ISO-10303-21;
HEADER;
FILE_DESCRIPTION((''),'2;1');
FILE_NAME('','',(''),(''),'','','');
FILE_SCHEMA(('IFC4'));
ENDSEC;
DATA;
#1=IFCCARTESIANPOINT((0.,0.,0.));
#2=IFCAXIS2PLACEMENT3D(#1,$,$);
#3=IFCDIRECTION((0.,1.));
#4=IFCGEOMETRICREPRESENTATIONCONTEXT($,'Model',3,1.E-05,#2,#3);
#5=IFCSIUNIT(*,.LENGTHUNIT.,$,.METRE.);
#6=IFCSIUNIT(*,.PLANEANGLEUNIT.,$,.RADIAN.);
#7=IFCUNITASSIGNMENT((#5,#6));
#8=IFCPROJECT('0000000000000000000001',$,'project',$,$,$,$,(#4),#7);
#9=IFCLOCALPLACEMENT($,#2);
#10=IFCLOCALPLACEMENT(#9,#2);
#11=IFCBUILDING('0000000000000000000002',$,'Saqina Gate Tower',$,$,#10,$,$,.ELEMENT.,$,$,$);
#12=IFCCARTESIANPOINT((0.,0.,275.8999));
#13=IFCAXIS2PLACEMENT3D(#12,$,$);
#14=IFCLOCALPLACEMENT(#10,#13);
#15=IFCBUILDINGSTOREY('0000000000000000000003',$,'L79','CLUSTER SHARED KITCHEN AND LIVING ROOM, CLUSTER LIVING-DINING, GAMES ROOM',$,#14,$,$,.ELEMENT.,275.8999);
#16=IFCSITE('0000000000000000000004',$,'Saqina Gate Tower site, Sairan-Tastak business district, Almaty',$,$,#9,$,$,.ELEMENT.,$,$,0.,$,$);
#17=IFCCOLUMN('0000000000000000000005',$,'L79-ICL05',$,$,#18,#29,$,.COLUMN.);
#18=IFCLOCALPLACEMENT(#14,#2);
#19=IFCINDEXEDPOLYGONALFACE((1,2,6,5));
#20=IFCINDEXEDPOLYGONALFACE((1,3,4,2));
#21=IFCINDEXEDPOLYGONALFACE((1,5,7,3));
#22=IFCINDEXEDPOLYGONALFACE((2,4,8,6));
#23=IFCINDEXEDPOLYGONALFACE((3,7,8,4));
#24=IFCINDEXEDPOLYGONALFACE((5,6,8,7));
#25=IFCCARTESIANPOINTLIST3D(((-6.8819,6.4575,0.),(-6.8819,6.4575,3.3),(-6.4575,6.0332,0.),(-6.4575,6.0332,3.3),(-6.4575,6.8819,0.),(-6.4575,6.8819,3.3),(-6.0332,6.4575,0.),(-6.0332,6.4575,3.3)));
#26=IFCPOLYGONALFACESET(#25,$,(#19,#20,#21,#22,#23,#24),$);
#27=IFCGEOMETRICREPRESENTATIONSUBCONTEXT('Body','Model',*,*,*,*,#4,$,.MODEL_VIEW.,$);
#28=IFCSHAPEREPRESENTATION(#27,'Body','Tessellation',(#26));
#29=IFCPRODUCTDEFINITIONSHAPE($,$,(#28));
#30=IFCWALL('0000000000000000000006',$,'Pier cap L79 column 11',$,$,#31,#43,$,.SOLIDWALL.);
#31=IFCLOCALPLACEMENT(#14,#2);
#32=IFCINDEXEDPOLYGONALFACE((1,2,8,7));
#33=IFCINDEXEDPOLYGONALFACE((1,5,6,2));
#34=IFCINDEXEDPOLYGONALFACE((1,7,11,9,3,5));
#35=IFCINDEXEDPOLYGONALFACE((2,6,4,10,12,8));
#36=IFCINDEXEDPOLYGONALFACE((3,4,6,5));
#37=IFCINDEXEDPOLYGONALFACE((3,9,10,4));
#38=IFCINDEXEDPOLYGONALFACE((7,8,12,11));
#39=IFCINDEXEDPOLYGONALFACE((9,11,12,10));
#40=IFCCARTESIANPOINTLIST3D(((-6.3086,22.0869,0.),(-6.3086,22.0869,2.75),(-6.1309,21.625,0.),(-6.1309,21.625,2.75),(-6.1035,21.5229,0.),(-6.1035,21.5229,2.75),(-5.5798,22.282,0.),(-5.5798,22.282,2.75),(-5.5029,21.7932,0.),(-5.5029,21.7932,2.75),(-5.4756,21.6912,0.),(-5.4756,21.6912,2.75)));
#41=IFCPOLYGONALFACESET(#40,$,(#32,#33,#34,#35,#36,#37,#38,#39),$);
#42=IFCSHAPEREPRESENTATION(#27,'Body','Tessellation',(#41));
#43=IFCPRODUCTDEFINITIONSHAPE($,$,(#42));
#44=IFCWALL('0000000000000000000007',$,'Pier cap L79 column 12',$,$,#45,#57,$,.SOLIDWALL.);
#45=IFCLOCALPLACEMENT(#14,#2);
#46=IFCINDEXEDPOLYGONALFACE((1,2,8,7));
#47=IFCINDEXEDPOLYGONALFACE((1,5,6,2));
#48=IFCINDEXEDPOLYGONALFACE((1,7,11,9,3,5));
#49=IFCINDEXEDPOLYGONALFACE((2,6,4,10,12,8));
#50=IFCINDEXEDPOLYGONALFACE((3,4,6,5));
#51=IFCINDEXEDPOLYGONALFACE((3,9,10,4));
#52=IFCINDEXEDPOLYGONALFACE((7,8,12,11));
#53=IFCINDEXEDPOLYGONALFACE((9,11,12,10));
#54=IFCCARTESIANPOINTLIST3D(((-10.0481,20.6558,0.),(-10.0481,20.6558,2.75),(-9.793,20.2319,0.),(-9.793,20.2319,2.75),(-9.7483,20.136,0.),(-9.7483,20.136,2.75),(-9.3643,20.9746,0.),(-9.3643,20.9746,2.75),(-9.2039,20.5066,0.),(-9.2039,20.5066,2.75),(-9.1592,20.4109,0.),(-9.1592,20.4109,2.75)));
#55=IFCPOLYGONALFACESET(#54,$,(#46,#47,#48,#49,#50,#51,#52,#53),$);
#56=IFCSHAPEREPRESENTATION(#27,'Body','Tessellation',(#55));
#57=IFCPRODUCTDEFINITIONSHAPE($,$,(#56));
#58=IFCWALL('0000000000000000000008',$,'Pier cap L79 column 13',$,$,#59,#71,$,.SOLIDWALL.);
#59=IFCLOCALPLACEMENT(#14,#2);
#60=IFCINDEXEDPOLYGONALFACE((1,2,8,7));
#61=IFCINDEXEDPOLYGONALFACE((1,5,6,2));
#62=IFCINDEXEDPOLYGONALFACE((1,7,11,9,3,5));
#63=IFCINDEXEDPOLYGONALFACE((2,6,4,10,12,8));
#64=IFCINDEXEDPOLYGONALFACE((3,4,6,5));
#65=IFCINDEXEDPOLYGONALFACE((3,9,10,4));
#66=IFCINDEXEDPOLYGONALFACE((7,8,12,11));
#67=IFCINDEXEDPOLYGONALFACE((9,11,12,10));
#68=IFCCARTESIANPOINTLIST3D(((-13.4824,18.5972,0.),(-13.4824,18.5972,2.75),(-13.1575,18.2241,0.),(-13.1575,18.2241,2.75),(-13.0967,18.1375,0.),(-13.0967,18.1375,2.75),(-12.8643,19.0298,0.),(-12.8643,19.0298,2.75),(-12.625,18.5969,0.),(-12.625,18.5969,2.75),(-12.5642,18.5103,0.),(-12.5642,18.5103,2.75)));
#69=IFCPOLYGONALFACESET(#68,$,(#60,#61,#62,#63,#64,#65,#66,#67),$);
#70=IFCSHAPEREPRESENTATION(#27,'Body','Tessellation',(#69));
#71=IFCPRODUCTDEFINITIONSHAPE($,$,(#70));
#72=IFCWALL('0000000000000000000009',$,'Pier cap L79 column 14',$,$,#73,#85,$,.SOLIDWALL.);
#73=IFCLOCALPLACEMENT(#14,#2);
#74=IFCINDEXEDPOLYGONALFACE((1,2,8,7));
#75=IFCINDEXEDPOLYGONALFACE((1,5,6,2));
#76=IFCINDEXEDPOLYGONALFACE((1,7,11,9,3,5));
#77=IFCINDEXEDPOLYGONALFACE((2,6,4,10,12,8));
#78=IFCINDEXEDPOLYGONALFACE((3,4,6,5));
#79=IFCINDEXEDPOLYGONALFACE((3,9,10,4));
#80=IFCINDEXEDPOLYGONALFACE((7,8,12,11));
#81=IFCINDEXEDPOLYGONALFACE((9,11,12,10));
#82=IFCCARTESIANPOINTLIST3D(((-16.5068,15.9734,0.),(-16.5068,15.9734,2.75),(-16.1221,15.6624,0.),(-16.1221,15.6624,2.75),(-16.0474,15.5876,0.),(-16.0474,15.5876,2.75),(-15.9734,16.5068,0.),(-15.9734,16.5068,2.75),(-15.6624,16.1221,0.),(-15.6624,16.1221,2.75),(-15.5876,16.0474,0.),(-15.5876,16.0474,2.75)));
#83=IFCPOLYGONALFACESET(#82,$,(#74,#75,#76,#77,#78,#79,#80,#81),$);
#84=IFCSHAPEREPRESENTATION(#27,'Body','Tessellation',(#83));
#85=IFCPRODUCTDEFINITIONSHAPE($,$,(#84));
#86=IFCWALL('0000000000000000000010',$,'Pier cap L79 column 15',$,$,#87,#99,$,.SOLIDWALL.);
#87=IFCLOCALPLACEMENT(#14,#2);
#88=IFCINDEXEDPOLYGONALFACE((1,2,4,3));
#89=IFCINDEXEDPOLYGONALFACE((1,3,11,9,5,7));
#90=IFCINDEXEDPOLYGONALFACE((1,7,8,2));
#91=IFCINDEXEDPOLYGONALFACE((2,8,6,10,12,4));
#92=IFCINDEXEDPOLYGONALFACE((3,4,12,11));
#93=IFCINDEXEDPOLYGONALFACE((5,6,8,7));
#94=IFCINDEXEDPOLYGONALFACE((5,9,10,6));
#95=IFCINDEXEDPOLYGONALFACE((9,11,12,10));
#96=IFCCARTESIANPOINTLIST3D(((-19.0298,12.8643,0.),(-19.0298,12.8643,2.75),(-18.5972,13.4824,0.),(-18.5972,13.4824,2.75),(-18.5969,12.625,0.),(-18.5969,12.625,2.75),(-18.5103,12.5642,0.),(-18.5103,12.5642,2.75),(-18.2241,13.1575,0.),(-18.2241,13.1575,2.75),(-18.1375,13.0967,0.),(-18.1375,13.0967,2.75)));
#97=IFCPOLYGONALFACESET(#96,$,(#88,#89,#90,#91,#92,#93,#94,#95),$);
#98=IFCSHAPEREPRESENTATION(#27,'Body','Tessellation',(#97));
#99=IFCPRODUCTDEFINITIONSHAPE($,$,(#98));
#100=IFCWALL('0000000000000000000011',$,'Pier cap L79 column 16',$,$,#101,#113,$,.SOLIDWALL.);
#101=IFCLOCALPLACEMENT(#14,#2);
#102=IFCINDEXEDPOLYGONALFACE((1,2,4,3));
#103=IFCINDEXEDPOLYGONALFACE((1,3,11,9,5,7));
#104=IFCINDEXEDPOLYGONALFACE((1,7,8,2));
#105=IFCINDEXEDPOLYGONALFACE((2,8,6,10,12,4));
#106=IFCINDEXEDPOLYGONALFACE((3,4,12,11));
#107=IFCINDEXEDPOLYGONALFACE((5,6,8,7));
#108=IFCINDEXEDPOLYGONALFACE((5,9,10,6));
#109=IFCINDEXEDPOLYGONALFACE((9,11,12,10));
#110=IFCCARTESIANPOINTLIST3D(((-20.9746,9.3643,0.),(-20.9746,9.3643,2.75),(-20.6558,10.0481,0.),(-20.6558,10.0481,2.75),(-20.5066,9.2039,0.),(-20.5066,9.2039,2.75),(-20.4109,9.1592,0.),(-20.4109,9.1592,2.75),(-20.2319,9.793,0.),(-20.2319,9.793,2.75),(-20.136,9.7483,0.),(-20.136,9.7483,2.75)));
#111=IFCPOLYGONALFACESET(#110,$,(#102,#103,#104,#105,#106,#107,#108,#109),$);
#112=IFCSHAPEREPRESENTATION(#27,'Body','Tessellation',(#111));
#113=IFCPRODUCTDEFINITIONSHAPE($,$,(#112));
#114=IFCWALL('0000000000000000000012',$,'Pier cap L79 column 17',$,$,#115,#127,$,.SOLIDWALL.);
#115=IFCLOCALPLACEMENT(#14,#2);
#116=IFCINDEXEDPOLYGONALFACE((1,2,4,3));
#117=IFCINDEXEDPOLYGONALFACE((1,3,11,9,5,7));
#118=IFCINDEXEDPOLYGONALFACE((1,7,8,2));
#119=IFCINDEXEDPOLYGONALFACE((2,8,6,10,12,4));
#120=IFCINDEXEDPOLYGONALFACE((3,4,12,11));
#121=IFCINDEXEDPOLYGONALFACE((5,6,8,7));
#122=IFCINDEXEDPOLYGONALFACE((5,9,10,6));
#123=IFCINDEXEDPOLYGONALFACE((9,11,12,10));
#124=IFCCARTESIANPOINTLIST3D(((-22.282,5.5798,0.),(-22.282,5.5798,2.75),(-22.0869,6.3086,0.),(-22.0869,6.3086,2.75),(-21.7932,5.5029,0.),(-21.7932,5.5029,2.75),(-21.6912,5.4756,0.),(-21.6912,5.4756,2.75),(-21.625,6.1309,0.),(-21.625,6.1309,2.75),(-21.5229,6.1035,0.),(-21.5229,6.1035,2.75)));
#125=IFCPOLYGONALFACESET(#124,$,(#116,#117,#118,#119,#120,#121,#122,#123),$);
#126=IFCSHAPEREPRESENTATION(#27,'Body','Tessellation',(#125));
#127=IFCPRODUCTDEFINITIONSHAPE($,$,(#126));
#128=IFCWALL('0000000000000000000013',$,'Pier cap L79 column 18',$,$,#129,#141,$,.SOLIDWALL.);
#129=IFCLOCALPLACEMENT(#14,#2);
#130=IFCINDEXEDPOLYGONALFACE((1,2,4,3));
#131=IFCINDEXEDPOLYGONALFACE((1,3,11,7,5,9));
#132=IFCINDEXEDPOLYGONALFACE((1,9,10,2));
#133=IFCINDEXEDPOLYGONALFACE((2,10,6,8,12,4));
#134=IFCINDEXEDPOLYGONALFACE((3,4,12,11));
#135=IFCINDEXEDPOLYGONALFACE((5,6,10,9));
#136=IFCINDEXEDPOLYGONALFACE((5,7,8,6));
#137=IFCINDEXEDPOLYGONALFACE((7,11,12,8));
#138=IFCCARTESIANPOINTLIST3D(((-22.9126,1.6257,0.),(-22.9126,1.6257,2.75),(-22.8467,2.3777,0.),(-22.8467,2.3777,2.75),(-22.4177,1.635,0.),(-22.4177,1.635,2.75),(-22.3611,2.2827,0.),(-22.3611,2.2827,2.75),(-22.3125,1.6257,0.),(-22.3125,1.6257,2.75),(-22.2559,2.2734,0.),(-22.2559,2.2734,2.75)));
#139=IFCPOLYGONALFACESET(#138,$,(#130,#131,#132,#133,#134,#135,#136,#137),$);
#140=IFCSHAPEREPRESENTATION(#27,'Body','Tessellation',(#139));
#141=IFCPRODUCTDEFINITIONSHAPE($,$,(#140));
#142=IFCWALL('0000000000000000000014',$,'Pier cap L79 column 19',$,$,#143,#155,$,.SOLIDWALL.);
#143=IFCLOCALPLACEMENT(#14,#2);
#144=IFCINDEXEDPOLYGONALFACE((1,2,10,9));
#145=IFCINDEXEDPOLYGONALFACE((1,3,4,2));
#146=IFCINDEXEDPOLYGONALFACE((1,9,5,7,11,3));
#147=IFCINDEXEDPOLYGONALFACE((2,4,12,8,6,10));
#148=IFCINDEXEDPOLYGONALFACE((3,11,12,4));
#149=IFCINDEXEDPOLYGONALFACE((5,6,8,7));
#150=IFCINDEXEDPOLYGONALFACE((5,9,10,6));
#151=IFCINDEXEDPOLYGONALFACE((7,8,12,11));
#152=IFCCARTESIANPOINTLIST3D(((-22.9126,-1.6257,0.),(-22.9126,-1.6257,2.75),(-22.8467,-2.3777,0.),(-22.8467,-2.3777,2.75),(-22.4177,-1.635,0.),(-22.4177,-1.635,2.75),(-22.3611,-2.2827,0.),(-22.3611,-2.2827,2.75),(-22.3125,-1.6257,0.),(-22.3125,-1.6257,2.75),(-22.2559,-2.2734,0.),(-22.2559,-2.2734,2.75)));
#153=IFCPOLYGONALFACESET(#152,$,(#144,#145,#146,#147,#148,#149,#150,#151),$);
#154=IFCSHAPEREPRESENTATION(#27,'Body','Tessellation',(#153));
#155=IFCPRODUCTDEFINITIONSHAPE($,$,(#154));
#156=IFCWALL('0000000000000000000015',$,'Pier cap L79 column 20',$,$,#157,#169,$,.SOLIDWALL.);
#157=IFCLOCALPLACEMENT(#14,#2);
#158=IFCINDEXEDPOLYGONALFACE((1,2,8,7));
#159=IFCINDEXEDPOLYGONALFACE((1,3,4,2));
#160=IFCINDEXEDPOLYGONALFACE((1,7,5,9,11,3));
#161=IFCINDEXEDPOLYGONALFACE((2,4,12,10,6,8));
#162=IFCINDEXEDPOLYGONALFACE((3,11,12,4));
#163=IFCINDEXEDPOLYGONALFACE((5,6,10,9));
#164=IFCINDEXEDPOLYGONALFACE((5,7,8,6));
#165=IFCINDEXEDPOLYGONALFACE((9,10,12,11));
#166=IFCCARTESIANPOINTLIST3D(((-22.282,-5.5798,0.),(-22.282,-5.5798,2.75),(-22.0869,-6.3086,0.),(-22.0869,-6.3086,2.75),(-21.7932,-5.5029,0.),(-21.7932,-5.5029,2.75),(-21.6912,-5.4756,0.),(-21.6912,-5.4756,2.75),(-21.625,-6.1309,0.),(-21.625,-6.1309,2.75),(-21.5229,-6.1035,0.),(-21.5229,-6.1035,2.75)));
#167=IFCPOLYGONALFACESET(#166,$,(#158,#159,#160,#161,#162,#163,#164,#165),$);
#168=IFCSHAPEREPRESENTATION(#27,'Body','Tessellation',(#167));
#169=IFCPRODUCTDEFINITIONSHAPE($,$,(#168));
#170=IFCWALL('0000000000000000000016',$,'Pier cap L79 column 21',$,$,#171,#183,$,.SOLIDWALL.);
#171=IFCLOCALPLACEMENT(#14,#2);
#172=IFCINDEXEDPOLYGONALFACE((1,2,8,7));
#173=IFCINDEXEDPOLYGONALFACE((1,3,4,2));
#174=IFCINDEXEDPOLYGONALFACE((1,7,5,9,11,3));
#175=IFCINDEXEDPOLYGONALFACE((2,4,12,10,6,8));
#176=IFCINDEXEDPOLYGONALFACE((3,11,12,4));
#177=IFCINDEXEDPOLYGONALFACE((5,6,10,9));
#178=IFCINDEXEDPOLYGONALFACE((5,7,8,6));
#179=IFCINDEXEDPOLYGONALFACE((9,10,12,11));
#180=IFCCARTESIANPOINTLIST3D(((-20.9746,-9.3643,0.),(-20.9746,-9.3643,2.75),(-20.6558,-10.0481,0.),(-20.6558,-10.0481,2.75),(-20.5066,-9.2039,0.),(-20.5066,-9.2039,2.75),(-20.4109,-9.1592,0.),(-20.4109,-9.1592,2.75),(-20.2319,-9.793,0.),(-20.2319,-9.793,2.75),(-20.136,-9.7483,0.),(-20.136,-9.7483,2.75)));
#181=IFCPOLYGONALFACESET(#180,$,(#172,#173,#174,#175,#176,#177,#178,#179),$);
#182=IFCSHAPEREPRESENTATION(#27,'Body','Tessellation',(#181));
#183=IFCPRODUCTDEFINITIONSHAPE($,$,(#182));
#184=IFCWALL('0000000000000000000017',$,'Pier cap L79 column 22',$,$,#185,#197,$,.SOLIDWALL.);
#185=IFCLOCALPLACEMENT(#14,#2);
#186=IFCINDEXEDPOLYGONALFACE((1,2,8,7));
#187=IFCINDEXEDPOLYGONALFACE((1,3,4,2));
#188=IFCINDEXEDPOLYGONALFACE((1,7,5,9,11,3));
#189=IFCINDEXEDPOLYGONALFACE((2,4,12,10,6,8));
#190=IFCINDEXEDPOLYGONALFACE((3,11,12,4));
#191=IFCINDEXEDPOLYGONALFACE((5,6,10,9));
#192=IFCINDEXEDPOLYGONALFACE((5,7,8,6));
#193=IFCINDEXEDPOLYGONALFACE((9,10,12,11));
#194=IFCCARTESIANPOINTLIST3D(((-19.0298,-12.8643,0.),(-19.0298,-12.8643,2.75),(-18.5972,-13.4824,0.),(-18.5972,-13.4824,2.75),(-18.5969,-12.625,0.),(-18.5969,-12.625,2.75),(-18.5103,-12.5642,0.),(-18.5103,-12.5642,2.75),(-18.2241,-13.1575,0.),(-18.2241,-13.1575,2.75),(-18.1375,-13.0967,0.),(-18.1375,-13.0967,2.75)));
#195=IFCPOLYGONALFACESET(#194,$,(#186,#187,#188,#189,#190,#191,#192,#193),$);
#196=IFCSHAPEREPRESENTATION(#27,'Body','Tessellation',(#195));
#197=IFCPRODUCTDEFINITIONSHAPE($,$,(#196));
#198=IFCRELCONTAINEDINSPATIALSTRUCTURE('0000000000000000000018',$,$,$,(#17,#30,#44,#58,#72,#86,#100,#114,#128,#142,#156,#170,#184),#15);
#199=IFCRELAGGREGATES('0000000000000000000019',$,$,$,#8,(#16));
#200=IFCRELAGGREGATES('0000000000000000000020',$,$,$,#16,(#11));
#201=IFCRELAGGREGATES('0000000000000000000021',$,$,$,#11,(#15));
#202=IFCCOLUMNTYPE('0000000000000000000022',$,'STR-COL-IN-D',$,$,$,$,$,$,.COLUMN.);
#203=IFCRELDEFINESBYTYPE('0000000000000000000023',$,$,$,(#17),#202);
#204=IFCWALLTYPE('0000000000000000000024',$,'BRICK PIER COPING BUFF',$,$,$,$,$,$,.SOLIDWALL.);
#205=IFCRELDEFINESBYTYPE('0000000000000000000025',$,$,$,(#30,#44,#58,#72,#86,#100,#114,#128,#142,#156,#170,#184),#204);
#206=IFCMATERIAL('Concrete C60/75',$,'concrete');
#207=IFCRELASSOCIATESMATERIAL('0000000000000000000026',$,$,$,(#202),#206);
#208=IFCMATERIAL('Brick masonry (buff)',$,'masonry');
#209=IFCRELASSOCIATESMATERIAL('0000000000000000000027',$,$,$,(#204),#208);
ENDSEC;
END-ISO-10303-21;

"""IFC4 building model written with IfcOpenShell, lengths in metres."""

from ifc_helpers import new_model, si_unit, direction, frame, origin, origin_2d, place, context, subcontext, project, spatial, polyline, rectangle, outline, extrude, material, material_profile, profile_set, type_object, element, save


model = new_model("IFC4")

# Units and contexts
model_context = context("Model", 3, precision=1e-05, world=origin(), true_north=direction((0.0, 1.0)))
body_context = subcontext(model_context, "Body", "Model", "MODEL_VIEW")
ifc_project = project(units=[si_unit("LENGTHUNIT", "METRE"), si_unit("PLANEANGLEUNIT", "RADIAN")], contexts=[model_context])

# Site, building, storey
site_placement = place(None, origin())
site = spatial("IfcSite", under=ifc_project, at=site_placement, Name="Saqina Gate Tower site, Sairan-Tastak business district, Almaty", CompositionType="ELEMENT", RefElevation=0.0)
building_placement = place(site_placement, origin())
building = spatial("IfcBuilding", under=site, at=building_placement, Name="Saqina Gate Tower", CompositionType="ELEMENT")
storey_placement = place(building_placement, frame((0.0, 0.0, 275.8999)))
storey = spatial("IfcBuildingStorey", under=building, at=storey_placement, Name="L79", Description="CLUSTER SHARED KITCHEN AND LIVING ROOM, CLUSTER LIVING-DINING, GAMES ROOM", CompositionType="ELEMENT", Elevation=275.8999)

# Column
ifc_material_1 = material(Name="Concrete C60/75", Category="concrete")
ifc_material_profile = material_profile(ifc_material_1, rectangle(XDim=0.6001, YDim=0.6001, at=origin_2d()), Name="RC 600x600")
ifc_profile_set = profile_set([ifc_material_profile], Name="Concrete C60/75")
column_type = type_object("IfcColumnType", Name="STR-COL-IN-D", PredefinedType="COLUMN", material=ifc_profile_set)
column_placement = place(storey_placement, frame((-6.4575, 6.4575, 0.0), z_axis=(0.0, 0.0, 1.0), x_axis=(-0.707107, 0.707107, 0.0)))
element("IfcColumn", 1, at=column_placement, inside=storey, type_object=column_type, Name="L79-ICL05", PredefinedType="COLUMN", context=body_context, shape_type="SweptSolid", body=[
    extrude(rectangle(XDim=0.6001, YDim=0.6001, at=origin_2d()), origin(), (0.0, 0.0, 1.0), 3.3),
])

# Walls
ifc_material_2 = material(Name="Brick masonry (buff)", Category="masonry")
wall_type_1 = type_object("IfcWallType", Name="BRICK PIER COPING BUFF", PredefinedType="SOLIDWALL", material=ifc_material_2)
wall_1_placement = place(storey_placement, origin())
element("IfcWall", 2, at=wall_1_placement, inside=storey, type_object=wall_type_1, Name="Pier cap L79 column 11", PredefinedType="SOLIDWALL", context=body_context, shape_type="SweptSolid", body=[
    extrude(outline(polyline([(-6.3086, 22.0869), (-6.1035, 21.5229), (-6.1309, 21.625), (-5.5029, 21.7932), (-5.4756, 21.6912), (-5.5798, 22.282), (-6.3086, 22.0869)])), origin(), (0.0, 0.0, 1.0), 2.75),
])
wall_2_placement = place(storey_placement, origin())
element("IfcWall", 3, at=wall_2_placement, inside=storey, type_object=wall_type_1, Name="Pier cap L79 column 12", PredefinedType="SOLIDWALL", context=body_context, shape_type="SweptSolid", body=[
    extrude(outline(polyline([(-9.3643, 20.9746), (-10.0481, 20.6558), (-9.7483, 20.136), (-9.793, 20.2319), (-9.2039, 20.5066), (-9.1592, 20.4109), (-9.3643, 20.9746)])), origin(), (0.0, 0.0, 1.0), 2.75),
])
wall_3_placement = place(storey_placement, origin())
element("IfcWall", 4, at=wall_3_placement, inside=storey, type_object=wall_type_1, Name="Pier cap L79 column 13", PredefinedType="SOLIDWALL", context=body_context, shape_type="SweptSolid", body=[
    extrude(outline(polyline([(-12.8643, 19.0298), (-13.4824, 18.5972), (-13.0967, 18.1375), (-13.1575, 18.2241), (-12.625, 18.5969), (-12.5642, 18.5103), (-12.8643, 19.0298)])), origin(), (0.0, 0.0, 1.0), 2.75),
])
wall_4_placement = place(storey_placement, origin())
element("IfcWall", 5, at=wall_4_placement, inside=storey, type_object=wall_type_1, Name="Pier cap L79 column 14", PredefinedType="SOLIDWALL", context=body_context, shape_type="SweptSolid", body=[
    extrude(outline(polyline([(-16.5068, 15.9734), (-16.0474, 15.5876), (-16.1221, 15.6624), (-15.6624, 16.1221), (-15.5876, 16.0474), (-15.9734, 16.5068), (-16.5068, 15.9734)])), origin(), (0.0, 0.0, 1.0), 2.75),
])
wall_5_placement = place(storey_placement, origin())
element("IfcWall", 6, at=wall_5_placement, inside=storey, type_object=wall_type_1, Name="Pier cap L79 column 15", PredefinedType="SOLIDWALL", context=body_context, shape_type="SweptSolid", body=[
    extrude(outline(polyline([(-19.0298, 12.8643), (-18.5103, 12.5642), (-18.5969, 12.625), (-18.2241, 13.1575), (-18.1375, 13.0967), (-18.5972, 13.4824), (-19.0298, 12.8643)])), origin(), (0.0, 0.0, 1.0), 2.75),
])
wall_6_placement = place(storey_placement, origin())
element("IfcWall", 7, at=wall_6_placement, inside=storey, type_object=wall_type_1, Name="Pier cap L79 column 16", PredefinedType="SOLIDWALL", context=body_context, shape_type="SweptSolid", body=[
    extrude(outline(polyline([(-20.6558, 10.0481), (-20.9746, 9.3643), (-20.4109, 9.1592), (-20.5066, 9.2039), (-20.2319, 9.793), (-20.136, 9.7483), (-20.6558, 10.0481)])), origin(), (0.0, 0.0, 1.0), 2.75),
])
wall_7_placement = place(storey_placement, origin())
element("IfcWall", 8, at=wall_7_placement, inside=storey, type_object=wall_type_1, Name="Pier cap L79 column 17", PredefinedType="SOLIDWALL", context=body_context, shape_type="SweptSolid", body=[
    extrude(outline(polyline([(-22.282, 5.5798), (-21.6912, 5.4756), (-21.7932, 5.5029), (-21.625, 6.1309), (-21.5229, 6.1035), (-22.0869, 6.3086), (-22.282, 5.5798)])), origin(), (0.0, 0.0, 1.0), 2.75),
])
wall_8_placement = place(storey_placement, origin())
element("IfcWall", 9, at=wall_8_placement, inside=storey, type_object=wall_type_1, Name="Pier cap L79 column 18", PredefinedType="SOLIDWALL", context=body_context, shape_type="SweptSolid", body=[
    extrude(outline(polyline([(-22.8467, 2.3777), (-22.9126, 1.6257), (-22.3125, 1.6257), (-22.4177, 1.635), (-22.3611, 2.2827), (-22.2559, 2.2734), (-22.8467, 2.3777)])), origin(), (0.0, 0.0, 1.0), 2.75),
])
wall_9_placement = place(storey_placement, origin())
element("IfcWall", 10, at=wall_9_placement, inside=storey, type_object=wall_type_1, Name="Pier cap L79 column 19", PredefinedType="SOLIDWALL", context=body_context, shape_type="SweptSolid", body=[
    extrude(outline(polyline([(-22.9126, -1.6257), (-22.8467, -2.3777), (-22.2559, -2.2734), (-22.3611, -2.2827), (-22.4177, -1.635), (-22.3125, -1.6257), (-22.9126, -1.6257)])), origin(), (0.0, 0.0, 1.0), 2.75),
])
wall_10_placement = place(storey_placement, origin())
element("IfcWall", 11, at=wall_10_placement, inside=storey, type_object=wall_type_1, Name="Pier cap L79 column 20", PredefinedType="SOLIDWALL", context=body_context, shape_type="SweptSolid", body=[
    extrude(outline(polyline([(-22.0869, -6.3086), (-21.5229, -6.1035), (-21.625, -6.1309), (-21.7932, -5.5029), (-21.6912, -5.4756), (-22.282, -5.5798), (-22.0869, -6.3086)])), origin(), (0.0, 0.0, 1.0), 2.75),
])
wall_11_placement = place(storey_placement, origin())
element("IfcWall", 12, at=wall_11_placement, inside=storey, type_object=wall_type_1, Name="Pier cap L79 column 21", PredefinedType="SOLIDWALL", context=body_context, shape_type="SweptSolid", body=[
    extrude(outline(polyline([(-20.9746, -9.3643), (-20.6558, -10.0481), (-20.136, -9.7483), (-20.2319, -9.793), (-20.5066, -9.2039), (-20.4109, -9.1592), (-20.9746, -9.3643)])), origin(), (0.0, 0.0, 1.0), 2.75),
])
wall_12_placement = place(storey_placement, origin())
element("IfcWall", 13, at=wall_12_placement, inside=storey, type_object=wall_type_1, Name="Pier cap L79 column 22", PredefinedType="SOLIDWALL", context=body_context, shape_type="SweptSolid", body=[
    extrude(outline(polyline([(-19.0298, -12.8643), (-18.5972, -13.4824), (-18.1375, -13.0967), (-18.2241, -13.1575), (-18.5969, -12.625), (-18.5103, -12.5642), (-19.0298, -12.8643)])), origin(), (0.0, 0.0, 1.0), 2.75),
])

save(model, "model.ifc")
